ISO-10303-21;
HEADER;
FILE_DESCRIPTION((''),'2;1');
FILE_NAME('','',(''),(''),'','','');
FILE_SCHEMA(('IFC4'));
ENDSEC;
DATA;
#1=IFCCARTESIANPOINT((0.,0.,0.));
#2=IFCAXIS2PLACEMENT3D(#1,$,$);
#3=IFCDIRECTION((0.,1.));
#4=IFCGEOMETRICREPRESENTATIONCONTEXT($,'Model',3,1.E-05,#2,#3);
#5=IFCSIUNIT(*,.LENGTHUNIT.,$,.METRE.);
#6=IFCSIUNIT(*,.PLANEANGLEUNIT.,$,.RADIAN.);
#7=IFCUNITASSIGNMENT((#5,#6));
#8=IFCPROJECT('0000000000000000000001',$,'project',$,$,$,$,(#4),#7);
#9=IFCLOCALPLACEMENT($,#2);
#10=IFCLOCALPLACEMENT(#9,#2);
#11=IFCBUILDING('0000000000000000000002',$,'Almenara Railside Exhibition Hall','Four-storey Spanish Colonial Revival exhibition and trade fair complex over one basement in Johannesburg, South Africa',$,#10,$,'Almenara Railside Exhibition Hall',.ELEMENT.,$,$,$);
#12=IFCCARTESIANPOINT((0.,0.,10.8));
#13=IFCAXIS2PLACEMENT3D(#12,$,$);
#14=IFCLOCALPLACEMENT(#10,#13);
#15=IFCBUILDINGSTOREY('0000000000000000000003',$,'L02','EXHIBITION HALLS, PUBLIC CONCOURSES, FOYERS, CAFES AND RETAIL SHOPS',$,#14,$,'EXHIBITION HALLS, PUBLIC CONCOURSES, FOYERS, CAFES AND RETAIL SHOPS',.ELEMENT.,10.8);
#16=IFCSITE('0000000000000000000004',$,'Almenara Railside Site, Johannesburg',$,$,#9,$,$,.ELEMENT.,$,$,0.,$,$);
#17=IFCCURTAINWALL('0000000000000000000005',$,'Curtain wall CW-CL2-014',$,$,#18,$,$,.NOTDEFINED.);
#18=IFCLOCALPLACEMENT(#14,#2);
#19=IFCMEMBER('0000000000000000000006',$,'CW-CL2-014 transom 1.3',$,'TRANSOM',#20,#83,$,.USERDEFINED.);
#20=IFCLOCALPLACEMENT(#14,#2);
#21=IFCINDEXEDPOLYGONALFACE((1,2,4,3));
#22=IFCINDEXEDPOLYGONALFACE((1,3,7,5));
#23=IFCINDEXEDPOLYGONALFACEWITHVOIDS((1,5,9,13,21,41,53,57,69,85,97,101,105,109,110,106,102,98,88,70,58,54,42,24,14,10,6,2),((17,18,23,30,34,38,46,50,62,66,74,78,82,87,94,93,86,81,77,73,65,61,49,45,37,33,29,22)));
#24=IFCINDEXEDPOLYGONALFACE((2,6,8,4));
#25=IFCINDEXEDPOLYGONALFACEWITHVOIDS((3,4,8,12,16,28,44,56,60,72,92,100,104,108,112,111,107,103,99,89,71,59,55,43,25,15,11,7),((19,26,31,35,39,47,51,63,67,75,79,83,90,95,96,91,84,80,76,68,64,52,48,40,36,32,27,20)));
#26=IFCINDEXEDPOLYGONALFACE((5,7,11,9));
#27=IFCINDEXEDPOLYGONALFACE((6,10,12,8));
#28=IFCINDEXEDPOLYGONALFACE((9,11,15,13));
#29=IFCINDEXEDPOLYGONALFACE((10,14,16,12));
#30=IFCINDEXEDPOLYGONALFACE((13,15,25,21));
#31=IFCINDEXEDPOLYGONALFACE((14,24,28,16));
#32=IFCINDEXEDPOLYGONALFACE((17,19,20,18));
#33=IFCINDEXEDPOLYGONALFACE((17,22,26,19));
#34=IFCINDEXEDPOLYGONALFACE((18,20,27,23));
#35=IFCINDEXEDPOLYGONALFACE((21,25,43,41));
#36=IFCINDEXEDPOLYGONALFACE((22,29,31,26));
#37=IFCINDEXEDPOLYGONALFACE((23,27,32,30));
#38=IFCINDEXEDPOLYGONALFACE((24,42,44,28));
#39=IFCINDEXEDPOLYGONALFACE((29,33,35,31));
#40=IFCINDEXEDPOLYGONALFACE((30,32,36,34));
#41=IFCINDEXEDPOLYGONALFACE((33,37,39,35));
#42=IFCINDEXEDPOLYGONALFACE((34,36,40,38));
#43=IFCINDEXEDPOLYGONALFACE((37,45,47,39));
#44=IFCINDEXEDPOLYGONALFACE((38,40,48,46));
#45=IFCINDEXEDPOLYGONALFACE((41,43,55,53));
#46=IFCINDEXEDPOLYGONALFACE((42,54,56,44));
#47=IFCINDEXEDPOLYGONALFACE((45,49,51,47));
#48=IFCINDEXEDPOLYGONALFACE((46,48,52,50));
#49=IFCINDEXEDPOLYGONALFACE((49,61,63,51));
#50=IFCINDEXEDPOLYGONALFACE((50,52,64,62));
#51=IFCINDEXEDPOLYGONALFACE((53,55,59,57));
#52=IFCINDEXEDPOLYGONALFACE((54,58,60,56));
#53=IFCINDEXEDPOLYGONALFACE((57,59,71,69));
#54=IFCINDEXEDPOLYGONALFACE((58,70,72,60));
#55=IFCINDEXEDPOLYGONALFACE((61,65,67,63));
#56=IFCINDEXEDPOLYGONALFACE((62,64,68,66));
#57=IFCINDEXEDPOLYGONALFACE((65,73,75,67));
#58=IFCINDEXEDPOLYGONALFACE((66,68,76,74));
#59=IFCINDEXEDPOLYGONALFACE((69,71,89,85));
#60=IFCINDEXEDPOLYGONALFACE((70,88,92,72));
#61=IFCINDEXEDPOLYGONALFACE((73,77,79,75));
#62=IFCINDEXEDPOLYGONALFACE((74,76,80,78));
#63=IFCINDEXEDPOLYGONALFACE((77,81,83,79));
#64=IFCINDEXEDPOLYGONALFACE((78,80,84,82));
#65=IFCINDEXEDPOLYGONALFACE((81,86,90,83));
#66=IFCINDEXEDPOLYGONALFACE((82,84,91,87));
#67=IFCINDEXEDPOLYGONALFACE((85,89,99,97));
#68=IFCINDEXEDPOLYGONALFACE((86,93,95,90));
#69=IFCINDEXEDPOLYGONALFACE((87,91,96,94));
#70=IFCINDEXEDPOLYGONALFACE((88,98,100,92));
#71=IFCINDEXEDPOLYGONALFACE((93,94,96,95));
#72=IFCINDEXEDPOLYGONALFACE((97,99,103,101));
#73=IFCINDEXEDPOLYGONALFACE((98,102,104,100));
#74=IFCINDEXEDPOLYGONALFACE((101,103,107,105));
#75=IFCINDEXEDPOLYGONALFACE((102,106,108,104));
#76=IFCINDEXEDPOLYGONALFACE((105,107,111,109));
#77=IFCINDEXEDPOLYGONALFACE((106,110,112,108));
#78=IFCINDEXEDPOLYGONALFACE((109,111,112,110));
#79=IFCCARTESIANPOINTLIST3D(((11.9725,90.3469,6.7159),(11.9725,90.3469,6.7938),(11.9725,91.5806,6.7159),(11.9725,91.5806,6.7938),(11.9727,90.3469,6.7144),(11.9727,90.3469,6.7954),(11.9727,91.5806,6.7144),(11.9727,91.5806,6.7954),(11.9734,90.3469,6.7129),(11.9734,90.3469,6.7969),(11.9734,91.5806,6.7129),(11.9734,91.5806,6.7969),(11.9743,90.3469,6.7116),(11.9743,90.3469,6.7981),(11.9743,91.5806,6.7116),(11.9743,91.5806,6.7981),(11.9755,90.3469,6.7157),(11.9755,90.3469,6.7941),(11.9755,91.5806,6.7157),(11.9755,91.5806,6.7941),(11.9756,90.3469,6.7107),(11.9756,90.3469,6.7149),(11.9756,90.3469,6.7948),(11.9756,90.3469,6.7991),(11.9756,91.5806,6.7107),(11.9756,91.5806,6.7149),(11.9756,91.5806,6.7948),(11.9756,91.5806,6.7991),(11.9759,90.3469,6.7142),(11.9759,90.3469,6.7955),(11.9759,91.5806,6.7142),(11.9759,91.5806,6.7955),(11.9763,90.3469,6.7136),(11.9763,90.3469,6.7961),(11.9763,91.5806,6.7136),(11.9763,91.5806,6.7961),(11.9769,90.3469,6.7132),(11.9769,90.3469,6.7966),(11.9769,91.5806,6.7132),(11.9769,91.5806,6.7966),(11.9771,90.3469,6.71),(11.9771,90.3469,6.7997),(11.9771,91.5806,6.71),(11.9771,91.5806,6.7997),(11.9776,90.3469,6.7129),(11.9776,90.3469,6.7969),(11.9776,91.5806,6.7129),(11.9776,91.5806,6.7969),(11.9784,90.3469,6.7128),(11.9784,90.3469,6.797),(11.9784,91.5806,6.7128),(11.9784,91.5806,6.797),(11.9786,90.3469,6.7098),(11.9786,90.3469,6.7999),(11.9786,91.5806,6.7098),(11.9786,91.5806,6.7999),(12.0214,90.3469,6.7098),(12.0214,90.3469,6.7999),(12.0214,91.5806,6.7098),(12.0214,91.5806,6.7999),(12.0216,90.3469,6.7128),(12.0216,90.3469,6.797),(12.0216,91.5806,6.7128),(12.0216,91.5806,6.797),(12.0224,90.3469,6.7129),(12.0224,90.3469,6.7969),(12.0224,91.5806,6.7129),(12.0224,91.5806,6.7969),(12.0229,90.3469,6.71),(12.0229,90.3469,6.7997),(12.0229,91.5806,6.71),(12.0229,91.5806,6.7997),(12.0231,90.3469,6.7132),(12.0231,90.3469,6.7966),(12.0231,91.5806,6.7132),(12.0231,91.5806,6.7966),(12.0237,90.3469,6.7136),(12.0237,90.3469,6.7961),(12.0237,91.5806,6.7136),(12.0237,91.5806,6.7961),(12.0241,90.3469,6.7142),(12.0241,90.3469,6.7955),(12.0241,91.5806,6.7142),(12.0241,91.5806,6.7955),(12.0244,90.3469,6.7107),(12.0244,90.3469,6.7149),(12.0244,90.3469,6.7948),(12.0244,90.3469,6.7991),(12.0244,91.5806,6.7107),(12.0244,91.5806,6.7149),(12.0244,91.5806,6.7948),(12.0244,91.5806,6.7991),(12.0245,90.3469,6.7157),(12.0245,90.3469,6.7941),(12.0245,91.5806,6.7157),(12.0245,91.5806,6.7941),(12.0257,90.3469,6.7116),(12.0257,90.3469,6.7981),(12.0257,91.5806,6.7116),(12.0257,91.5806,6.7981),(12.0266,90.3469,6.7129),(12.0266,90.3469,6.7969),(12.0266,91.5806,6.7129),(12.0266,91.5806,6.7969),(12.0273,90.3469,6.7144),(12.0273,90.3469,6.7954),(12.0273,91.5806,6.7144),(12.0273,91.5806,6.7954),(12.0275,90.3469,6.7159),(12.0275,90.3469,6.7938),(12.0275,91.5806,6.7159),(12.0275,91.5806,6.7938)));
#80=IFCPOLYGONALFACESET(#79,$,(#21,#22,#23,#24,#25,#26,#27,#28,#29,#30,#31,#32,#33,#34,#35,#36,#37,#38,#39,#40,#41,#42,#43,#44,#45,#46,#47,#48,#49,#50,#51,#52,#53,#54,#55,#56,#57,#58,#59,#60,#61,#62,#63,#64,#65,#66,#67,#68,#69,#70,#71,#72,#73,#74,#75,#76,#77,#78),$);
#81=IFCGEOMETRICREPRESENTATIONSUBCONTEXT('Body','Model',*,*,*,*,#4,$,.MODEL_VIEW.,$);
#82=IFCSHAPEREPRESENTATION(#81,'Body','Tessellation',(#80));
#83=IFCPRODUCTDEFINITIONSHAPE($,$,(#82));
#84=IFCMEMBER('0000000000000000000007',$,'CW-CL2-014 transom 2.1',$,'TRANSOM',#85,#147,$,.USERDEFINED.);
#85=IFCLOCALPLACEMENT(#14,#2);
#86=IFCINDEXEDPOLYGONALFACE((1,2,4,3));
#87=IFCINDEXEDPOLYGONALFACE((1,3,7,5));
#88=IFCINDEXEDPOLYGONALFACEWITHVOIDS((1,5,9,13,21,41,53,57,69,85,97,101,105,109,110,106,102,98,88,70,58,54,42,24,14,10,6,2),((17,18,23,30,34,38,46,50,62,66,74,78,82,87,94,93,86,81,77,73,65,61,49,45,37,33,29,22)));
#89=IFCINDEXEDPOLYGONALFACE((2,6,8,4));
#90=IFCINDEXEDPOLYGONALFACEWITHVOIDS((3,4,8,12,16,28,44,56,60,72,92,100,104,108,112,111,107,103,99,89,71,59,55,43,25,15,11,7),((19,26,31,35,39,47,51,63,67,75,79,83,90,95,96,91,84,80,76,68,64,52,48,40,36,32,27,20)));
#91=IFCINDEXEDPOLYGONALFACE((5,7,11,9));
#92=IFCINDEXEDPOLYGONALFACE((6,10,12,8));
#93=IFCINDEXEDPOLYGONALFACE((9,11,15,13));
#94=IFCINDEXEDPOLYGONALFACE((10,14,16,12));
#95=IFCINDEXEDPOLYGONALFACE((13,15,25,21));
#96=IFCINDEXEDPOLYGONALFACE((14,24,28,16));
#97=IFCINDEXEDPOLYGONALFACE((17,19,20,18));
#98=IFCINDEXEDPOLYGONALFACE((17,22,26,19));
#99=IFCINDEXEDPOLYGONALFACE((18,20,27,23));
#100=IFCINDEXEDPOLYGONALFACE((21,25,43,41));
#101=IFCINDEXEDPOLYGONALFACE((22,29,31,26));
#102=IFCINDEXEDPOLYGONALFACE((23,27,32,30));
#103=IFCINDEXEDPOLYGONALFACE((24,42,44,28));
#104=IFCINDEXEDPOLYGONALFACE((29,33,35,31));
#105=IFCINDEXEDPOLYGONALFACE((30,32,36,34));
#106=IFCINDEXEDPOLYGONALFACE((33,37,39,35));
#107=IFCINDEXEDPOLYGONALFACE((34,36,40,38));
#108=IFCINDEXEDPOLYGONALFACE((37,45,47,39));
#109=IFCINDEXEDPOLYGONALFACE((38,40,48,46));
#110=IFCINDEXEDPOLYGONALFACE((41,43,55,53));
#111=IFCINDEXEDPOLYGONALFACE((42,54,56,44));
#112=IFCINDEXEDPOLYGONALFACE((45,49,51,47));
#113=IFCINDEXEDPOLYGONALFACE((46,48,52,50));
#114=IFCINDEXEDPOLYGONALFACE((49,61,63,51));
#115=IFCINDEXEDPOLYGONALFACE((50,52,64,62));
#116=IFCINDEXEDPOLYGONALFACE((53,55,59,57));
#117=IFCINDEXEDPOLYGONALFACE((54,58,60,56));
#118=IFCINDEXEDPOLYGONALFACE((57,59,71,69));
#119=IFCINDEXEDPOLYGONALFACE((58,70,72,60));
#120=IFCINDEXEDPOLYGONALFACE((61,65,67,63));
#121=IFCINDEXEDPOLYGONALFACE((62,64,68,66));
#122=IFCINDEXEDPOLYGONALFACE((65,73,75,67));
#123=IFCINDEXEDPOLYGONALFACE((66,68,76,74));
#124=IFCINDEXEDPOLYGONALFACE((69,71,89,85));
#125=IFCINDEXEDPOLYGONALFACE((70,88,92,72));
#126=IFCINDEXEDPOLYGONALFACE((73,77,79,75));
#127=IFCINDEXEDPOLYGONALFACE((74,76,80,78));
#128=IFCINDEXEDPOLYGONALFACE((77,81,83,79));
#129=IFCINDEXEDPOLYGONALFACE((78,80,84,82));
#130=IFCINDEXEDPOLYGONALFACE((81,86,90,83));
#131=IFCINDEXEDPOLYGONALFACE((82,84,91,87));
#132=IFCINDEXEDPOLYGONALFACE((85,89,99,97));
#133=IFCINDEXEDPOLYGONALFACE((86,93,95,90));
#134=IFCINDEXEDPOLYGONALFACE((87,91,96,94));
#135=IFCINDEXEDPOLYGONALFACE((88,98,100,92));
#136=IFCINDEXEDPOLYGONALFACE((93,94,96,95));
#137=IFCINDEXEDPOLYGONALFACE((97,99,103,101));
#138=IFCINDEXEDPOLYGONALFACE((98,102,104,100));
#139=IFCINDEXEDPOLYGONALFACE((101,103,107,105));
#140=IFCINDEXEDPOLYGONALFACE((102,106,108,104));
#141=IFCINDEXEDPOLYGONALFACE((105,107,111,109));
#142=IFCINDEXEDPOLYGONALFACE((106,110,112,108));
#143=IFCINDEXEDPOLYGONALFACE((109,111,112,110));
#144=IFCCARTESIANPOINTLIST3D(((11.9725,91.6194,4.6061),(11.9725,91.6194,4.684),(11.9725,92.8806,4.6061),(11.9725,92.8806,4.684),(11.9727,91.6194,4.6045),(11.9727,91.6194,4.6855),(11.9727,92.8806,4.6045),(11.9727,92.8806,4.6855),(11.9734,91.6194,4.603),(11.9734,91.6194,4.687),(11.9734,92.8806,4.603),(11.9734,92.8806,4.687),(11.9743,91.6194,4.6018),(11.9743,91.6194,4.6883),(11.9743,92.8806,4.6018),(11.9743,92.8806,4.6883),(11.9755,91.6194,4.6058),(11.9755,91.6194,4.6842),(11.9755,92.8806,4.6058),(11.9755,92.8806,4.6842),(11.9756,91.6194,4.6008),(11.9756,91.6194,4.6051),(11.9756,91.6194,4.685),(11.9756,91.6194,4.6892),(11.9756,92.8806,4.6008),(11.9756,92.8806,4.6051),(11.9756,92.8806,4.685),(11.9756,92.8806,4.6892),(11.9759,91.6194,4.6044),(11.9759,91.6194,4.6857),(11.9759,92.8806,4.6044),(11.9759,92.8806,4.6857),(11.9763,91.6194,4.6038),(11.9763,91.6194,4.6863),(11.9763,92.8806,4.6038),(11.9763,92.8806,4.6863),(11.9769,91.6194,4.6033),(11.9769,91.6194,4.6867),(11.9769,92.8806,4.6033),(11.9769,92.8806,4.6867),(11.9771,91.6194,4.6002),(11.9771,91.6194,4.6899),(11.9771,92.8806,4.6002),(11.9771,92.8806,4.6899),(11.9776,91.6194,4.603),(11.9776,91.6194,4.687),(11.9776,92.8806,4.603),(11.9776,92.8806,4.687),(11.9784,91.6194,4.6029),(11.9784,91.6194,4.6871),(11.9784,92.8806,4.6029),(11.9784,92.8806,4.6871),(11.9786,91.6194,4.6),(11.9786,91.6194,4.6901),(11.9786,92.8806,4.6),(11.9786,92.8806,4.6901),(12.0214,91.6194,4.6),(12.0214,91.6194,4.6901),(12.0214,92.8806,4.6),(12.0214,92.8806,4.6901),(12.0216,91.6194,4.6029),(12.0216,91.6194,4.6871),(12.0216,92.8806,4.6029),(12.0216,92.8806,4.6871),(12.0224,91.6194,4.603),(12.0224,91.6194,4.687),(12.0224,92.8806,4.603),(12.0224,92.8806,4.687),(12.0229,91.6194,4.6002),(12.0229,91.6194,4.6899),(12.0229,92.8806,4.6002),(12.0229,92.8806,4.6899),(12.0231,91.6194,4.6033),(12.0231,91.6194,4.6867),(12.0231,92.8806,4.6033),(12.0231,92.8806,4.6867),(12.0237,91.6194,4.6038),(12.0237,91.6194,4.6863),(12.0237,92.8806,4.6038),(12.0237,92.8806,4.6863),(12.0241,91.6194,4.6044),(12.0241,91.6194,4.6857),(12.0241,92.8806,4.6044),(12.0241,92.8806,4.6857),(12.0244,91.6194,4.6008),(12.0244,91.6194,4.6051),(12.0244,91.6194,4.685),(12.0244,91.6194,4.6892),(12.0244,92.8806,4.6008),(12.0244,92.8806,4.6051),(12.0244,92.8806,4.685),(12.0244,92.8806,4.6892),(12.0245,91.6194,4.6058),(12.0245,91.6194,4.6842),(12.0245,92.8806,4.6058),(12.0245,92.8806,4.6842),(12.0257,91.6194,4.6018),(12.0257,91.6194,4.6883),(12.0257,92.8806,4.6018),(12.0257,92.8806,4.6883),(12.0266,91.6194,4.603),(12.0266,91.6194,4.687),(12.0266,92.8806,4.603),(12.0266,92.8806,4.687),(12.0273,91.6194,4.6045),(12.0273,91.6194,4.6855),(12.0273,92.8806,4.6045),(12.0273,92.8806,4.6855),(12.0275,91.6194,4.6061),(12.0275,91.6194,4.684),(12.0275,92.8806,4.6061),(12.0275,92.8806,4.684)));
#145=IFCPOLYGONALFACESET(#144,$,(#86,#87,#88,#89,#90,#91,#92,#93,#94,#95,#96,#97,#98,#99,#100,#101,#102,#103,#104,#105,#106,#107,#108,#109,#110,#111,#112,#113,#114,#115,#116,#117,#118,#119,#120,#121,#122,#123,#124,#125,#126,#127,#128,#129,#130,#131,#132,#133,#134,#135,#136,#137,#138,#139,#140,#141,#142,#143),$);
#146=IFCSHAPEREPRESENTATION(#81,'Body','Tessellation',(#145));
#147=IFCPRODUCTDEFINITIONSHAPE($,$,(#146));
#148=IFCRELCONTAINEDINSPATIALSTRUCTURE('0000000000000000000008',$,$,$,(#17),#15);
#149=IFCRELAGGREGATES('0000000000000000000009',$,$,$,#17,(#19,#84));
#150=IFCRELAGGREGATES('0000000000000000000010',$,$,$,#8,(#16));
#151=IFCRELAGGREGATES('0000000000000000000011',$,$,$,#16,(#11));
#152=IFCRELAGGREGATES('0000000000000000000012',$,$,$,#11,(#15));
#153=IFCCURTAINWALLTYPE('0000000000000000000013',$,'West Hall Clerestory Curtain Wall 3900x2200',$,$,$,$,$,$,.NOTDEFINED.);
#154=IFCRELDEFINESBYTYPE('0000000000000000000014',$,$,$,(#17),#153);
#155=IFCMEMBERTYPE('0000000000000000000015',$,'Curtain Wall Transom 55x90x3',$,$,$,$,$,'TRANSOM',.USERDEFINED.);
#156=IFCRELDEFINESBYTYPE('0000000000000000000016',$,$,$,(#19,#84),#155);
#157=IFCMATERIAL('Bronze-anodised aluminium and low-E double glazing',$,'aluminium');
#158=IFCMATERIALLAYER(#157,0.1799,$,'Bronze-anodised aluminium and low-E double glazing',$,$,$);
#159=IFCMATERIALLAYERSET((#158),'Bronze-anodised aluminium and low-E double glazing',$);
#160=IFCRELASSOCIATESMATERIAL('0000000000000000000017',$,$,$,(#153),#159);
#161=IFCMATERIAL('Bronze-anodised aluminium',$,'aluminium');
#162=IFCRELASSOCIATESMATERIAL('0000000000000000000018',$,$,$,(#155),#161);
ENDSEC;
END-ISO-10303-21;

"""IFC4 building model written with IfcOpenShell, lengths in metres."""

from ifc_helpers import new_model, si_unit, direction, frame, origin, origin_2d, place, context, subcontext, project, spatial, hollow_rectangle, extrude, material, layer, layer_set, material_profile, profile_set, type_object, element, aggregate, save


model = new_model("IFC4")

# Units and contexts
model_context = context("Model", 3, precision=1e-05, world=origin(), true_north=direction((0.0, 1.0)))
body_context = subcontext(model_context, "Body", "Model", "MODEL_VIEW")
ifc_project = project(units=[si_unit("LENGTHUNIT", "METRE"), si_unit("PLANEANGLEUNIT", "RADIAN")], contexts=[model_context])

# Site, building, storey
site_placement = place(None, origin())
site = spatial("IfcSite", under=ifc_project, at=site_placement, Name="Almenara Railside Site, Johannesburg", CompositionType="ELEMENT", RefElevation=0.0)
building_placement = place(site_placement, origin())
building = spatial("IfcBuilding", under=site, at=building_placement, Name="Almenara Railside Exhibition Hall", Description="Four-storey Spanish Colonial Revival exhibition and trade fair complex over one basement in Johannesburg, South Africa", LongName="Almenara Railside Exhibition Hall", CompositionType="ELEMENT")
storey_placement = place(building_placement, frame((0.0, 0.0, 10.8)))
storey = spatial("IfcBuildingStorey", under=building, at=storey_placement, Name="L02", Description="EXHIBITION HALLS, PUBLIC CONCOURSES, FOYERS, CAFES AND RETAIL SHOPS", LongName="EXHIBITION HALLS, PUBLIC CONCOURSES, FOYERS, CAFES AND RETAIL SHOPS", CompositionType="ELEMENT", Elevation=10.8)

# Curtain wall
ifc_material_1 = material(Name="Bronze-anodised aluminium and low-E double glazing", Category="aluminium")
ifc_layer_1 = layer(ifc_material_1, 0.1799, Name="Bronze-anodised aluminium and low-E double glazing")
ifc_layer_set_1 = layer_set([ifc_layer_1], Name="Bronze-anodised aluminium and low-E double glazing")
curtain_wall_type_1 = type_object("IfcCurtainWallType", Name="West Hall Clerestory Curtain Wall 3900x2200", PredefinedType="NOTDEFINED", material=ifc_layer_set_1)
curtain_wall_1_placement = place(storey_placement, origin())
curtain_wall_1 = element("IfcCurtainWall", 1, at=curtain_wall_1_placement, inside=storey, type_object=curtain_wall_type_1, Name="Curtain wall CW-CL2-014", PredefinedType="NOTDEFINED")
ifc_material_2 = material(Name="Bronze-anodised aluminium", Category="aluminium")

# Members
ifc_material_profile_1 = material_profile(ifc_material_2, hollow_rectangle(XDim=0.0549, YDim=0.0901, WallThickness=0.0029, InnerFilletRadius=0.0029, OuterFilletRadius=0.0061, at=origin_2d()), Name="ALU-TRN 55x90x3")
ifc_profile_set_1 = profile_set([ifc_material_profile_1], Name="Bronze-anodised aluminium")
member_type_1 = type_object("IfcMemberType", Name="Curtain Wall Transom 55x90x3", ElementType="TRANSOM", PredefinedType="USERDEFINED", material=ifc_profile_set_1)
member_1_placement = place(storey_placement, frame((12.0, 90.3469, 6.7549), z_axis=(0.0, 1.0, 0.0), x_axis=(-1.0, 0.0, 0.0)))
member_1 = element("IfcMember", 2, at=member_1_placement, type_object=member_type_1, Name="CW-CL2-014 transom 1.3", ObjectType="TRANSOM", PredefinedType="USERDEFINED", context=body_context, shape_type="SweptSolid", body=[
    extrude(hollow_rectangle(XDim=0.0549, YDim=0.0901, WallThickness=0.0029, InnerFilletRadius=0.0029, OuterFilletRadius=0.0061, at=origin_2d()), origin(), (0.0, 0.0, 1.0), 1.2336),
])
member_2_placement = place(storey_placement, frame((12.0, 91.6194, 4.645), z_axis=(0.0, 1.0, 0.0), x_axis=(-1.0, 0.0, 0.0)))
member_2 = element("IfcMember", 3, at=member_2_placement, type_object=member_type_1, Name="CW-CL2-014 transom 2.1", ObjectType="TRANSOM", PredefinedType="USERDEFINED", context=body_context, shape_type="SweptSolid", body=[
    extrude(hollow_rectangle(XDim=0.0549, YDim=0.0901, WallThickness=0.0029, InnerFilletRadius=0.0029, OuterFilletRadius=0.0061, at=origin_2d()), origin(), (0.0, 0.0, 1.0), 1.2612),
])

aggregate(curtain_wall_1, [member_1, member_2])

save(model, "model.ifc")
